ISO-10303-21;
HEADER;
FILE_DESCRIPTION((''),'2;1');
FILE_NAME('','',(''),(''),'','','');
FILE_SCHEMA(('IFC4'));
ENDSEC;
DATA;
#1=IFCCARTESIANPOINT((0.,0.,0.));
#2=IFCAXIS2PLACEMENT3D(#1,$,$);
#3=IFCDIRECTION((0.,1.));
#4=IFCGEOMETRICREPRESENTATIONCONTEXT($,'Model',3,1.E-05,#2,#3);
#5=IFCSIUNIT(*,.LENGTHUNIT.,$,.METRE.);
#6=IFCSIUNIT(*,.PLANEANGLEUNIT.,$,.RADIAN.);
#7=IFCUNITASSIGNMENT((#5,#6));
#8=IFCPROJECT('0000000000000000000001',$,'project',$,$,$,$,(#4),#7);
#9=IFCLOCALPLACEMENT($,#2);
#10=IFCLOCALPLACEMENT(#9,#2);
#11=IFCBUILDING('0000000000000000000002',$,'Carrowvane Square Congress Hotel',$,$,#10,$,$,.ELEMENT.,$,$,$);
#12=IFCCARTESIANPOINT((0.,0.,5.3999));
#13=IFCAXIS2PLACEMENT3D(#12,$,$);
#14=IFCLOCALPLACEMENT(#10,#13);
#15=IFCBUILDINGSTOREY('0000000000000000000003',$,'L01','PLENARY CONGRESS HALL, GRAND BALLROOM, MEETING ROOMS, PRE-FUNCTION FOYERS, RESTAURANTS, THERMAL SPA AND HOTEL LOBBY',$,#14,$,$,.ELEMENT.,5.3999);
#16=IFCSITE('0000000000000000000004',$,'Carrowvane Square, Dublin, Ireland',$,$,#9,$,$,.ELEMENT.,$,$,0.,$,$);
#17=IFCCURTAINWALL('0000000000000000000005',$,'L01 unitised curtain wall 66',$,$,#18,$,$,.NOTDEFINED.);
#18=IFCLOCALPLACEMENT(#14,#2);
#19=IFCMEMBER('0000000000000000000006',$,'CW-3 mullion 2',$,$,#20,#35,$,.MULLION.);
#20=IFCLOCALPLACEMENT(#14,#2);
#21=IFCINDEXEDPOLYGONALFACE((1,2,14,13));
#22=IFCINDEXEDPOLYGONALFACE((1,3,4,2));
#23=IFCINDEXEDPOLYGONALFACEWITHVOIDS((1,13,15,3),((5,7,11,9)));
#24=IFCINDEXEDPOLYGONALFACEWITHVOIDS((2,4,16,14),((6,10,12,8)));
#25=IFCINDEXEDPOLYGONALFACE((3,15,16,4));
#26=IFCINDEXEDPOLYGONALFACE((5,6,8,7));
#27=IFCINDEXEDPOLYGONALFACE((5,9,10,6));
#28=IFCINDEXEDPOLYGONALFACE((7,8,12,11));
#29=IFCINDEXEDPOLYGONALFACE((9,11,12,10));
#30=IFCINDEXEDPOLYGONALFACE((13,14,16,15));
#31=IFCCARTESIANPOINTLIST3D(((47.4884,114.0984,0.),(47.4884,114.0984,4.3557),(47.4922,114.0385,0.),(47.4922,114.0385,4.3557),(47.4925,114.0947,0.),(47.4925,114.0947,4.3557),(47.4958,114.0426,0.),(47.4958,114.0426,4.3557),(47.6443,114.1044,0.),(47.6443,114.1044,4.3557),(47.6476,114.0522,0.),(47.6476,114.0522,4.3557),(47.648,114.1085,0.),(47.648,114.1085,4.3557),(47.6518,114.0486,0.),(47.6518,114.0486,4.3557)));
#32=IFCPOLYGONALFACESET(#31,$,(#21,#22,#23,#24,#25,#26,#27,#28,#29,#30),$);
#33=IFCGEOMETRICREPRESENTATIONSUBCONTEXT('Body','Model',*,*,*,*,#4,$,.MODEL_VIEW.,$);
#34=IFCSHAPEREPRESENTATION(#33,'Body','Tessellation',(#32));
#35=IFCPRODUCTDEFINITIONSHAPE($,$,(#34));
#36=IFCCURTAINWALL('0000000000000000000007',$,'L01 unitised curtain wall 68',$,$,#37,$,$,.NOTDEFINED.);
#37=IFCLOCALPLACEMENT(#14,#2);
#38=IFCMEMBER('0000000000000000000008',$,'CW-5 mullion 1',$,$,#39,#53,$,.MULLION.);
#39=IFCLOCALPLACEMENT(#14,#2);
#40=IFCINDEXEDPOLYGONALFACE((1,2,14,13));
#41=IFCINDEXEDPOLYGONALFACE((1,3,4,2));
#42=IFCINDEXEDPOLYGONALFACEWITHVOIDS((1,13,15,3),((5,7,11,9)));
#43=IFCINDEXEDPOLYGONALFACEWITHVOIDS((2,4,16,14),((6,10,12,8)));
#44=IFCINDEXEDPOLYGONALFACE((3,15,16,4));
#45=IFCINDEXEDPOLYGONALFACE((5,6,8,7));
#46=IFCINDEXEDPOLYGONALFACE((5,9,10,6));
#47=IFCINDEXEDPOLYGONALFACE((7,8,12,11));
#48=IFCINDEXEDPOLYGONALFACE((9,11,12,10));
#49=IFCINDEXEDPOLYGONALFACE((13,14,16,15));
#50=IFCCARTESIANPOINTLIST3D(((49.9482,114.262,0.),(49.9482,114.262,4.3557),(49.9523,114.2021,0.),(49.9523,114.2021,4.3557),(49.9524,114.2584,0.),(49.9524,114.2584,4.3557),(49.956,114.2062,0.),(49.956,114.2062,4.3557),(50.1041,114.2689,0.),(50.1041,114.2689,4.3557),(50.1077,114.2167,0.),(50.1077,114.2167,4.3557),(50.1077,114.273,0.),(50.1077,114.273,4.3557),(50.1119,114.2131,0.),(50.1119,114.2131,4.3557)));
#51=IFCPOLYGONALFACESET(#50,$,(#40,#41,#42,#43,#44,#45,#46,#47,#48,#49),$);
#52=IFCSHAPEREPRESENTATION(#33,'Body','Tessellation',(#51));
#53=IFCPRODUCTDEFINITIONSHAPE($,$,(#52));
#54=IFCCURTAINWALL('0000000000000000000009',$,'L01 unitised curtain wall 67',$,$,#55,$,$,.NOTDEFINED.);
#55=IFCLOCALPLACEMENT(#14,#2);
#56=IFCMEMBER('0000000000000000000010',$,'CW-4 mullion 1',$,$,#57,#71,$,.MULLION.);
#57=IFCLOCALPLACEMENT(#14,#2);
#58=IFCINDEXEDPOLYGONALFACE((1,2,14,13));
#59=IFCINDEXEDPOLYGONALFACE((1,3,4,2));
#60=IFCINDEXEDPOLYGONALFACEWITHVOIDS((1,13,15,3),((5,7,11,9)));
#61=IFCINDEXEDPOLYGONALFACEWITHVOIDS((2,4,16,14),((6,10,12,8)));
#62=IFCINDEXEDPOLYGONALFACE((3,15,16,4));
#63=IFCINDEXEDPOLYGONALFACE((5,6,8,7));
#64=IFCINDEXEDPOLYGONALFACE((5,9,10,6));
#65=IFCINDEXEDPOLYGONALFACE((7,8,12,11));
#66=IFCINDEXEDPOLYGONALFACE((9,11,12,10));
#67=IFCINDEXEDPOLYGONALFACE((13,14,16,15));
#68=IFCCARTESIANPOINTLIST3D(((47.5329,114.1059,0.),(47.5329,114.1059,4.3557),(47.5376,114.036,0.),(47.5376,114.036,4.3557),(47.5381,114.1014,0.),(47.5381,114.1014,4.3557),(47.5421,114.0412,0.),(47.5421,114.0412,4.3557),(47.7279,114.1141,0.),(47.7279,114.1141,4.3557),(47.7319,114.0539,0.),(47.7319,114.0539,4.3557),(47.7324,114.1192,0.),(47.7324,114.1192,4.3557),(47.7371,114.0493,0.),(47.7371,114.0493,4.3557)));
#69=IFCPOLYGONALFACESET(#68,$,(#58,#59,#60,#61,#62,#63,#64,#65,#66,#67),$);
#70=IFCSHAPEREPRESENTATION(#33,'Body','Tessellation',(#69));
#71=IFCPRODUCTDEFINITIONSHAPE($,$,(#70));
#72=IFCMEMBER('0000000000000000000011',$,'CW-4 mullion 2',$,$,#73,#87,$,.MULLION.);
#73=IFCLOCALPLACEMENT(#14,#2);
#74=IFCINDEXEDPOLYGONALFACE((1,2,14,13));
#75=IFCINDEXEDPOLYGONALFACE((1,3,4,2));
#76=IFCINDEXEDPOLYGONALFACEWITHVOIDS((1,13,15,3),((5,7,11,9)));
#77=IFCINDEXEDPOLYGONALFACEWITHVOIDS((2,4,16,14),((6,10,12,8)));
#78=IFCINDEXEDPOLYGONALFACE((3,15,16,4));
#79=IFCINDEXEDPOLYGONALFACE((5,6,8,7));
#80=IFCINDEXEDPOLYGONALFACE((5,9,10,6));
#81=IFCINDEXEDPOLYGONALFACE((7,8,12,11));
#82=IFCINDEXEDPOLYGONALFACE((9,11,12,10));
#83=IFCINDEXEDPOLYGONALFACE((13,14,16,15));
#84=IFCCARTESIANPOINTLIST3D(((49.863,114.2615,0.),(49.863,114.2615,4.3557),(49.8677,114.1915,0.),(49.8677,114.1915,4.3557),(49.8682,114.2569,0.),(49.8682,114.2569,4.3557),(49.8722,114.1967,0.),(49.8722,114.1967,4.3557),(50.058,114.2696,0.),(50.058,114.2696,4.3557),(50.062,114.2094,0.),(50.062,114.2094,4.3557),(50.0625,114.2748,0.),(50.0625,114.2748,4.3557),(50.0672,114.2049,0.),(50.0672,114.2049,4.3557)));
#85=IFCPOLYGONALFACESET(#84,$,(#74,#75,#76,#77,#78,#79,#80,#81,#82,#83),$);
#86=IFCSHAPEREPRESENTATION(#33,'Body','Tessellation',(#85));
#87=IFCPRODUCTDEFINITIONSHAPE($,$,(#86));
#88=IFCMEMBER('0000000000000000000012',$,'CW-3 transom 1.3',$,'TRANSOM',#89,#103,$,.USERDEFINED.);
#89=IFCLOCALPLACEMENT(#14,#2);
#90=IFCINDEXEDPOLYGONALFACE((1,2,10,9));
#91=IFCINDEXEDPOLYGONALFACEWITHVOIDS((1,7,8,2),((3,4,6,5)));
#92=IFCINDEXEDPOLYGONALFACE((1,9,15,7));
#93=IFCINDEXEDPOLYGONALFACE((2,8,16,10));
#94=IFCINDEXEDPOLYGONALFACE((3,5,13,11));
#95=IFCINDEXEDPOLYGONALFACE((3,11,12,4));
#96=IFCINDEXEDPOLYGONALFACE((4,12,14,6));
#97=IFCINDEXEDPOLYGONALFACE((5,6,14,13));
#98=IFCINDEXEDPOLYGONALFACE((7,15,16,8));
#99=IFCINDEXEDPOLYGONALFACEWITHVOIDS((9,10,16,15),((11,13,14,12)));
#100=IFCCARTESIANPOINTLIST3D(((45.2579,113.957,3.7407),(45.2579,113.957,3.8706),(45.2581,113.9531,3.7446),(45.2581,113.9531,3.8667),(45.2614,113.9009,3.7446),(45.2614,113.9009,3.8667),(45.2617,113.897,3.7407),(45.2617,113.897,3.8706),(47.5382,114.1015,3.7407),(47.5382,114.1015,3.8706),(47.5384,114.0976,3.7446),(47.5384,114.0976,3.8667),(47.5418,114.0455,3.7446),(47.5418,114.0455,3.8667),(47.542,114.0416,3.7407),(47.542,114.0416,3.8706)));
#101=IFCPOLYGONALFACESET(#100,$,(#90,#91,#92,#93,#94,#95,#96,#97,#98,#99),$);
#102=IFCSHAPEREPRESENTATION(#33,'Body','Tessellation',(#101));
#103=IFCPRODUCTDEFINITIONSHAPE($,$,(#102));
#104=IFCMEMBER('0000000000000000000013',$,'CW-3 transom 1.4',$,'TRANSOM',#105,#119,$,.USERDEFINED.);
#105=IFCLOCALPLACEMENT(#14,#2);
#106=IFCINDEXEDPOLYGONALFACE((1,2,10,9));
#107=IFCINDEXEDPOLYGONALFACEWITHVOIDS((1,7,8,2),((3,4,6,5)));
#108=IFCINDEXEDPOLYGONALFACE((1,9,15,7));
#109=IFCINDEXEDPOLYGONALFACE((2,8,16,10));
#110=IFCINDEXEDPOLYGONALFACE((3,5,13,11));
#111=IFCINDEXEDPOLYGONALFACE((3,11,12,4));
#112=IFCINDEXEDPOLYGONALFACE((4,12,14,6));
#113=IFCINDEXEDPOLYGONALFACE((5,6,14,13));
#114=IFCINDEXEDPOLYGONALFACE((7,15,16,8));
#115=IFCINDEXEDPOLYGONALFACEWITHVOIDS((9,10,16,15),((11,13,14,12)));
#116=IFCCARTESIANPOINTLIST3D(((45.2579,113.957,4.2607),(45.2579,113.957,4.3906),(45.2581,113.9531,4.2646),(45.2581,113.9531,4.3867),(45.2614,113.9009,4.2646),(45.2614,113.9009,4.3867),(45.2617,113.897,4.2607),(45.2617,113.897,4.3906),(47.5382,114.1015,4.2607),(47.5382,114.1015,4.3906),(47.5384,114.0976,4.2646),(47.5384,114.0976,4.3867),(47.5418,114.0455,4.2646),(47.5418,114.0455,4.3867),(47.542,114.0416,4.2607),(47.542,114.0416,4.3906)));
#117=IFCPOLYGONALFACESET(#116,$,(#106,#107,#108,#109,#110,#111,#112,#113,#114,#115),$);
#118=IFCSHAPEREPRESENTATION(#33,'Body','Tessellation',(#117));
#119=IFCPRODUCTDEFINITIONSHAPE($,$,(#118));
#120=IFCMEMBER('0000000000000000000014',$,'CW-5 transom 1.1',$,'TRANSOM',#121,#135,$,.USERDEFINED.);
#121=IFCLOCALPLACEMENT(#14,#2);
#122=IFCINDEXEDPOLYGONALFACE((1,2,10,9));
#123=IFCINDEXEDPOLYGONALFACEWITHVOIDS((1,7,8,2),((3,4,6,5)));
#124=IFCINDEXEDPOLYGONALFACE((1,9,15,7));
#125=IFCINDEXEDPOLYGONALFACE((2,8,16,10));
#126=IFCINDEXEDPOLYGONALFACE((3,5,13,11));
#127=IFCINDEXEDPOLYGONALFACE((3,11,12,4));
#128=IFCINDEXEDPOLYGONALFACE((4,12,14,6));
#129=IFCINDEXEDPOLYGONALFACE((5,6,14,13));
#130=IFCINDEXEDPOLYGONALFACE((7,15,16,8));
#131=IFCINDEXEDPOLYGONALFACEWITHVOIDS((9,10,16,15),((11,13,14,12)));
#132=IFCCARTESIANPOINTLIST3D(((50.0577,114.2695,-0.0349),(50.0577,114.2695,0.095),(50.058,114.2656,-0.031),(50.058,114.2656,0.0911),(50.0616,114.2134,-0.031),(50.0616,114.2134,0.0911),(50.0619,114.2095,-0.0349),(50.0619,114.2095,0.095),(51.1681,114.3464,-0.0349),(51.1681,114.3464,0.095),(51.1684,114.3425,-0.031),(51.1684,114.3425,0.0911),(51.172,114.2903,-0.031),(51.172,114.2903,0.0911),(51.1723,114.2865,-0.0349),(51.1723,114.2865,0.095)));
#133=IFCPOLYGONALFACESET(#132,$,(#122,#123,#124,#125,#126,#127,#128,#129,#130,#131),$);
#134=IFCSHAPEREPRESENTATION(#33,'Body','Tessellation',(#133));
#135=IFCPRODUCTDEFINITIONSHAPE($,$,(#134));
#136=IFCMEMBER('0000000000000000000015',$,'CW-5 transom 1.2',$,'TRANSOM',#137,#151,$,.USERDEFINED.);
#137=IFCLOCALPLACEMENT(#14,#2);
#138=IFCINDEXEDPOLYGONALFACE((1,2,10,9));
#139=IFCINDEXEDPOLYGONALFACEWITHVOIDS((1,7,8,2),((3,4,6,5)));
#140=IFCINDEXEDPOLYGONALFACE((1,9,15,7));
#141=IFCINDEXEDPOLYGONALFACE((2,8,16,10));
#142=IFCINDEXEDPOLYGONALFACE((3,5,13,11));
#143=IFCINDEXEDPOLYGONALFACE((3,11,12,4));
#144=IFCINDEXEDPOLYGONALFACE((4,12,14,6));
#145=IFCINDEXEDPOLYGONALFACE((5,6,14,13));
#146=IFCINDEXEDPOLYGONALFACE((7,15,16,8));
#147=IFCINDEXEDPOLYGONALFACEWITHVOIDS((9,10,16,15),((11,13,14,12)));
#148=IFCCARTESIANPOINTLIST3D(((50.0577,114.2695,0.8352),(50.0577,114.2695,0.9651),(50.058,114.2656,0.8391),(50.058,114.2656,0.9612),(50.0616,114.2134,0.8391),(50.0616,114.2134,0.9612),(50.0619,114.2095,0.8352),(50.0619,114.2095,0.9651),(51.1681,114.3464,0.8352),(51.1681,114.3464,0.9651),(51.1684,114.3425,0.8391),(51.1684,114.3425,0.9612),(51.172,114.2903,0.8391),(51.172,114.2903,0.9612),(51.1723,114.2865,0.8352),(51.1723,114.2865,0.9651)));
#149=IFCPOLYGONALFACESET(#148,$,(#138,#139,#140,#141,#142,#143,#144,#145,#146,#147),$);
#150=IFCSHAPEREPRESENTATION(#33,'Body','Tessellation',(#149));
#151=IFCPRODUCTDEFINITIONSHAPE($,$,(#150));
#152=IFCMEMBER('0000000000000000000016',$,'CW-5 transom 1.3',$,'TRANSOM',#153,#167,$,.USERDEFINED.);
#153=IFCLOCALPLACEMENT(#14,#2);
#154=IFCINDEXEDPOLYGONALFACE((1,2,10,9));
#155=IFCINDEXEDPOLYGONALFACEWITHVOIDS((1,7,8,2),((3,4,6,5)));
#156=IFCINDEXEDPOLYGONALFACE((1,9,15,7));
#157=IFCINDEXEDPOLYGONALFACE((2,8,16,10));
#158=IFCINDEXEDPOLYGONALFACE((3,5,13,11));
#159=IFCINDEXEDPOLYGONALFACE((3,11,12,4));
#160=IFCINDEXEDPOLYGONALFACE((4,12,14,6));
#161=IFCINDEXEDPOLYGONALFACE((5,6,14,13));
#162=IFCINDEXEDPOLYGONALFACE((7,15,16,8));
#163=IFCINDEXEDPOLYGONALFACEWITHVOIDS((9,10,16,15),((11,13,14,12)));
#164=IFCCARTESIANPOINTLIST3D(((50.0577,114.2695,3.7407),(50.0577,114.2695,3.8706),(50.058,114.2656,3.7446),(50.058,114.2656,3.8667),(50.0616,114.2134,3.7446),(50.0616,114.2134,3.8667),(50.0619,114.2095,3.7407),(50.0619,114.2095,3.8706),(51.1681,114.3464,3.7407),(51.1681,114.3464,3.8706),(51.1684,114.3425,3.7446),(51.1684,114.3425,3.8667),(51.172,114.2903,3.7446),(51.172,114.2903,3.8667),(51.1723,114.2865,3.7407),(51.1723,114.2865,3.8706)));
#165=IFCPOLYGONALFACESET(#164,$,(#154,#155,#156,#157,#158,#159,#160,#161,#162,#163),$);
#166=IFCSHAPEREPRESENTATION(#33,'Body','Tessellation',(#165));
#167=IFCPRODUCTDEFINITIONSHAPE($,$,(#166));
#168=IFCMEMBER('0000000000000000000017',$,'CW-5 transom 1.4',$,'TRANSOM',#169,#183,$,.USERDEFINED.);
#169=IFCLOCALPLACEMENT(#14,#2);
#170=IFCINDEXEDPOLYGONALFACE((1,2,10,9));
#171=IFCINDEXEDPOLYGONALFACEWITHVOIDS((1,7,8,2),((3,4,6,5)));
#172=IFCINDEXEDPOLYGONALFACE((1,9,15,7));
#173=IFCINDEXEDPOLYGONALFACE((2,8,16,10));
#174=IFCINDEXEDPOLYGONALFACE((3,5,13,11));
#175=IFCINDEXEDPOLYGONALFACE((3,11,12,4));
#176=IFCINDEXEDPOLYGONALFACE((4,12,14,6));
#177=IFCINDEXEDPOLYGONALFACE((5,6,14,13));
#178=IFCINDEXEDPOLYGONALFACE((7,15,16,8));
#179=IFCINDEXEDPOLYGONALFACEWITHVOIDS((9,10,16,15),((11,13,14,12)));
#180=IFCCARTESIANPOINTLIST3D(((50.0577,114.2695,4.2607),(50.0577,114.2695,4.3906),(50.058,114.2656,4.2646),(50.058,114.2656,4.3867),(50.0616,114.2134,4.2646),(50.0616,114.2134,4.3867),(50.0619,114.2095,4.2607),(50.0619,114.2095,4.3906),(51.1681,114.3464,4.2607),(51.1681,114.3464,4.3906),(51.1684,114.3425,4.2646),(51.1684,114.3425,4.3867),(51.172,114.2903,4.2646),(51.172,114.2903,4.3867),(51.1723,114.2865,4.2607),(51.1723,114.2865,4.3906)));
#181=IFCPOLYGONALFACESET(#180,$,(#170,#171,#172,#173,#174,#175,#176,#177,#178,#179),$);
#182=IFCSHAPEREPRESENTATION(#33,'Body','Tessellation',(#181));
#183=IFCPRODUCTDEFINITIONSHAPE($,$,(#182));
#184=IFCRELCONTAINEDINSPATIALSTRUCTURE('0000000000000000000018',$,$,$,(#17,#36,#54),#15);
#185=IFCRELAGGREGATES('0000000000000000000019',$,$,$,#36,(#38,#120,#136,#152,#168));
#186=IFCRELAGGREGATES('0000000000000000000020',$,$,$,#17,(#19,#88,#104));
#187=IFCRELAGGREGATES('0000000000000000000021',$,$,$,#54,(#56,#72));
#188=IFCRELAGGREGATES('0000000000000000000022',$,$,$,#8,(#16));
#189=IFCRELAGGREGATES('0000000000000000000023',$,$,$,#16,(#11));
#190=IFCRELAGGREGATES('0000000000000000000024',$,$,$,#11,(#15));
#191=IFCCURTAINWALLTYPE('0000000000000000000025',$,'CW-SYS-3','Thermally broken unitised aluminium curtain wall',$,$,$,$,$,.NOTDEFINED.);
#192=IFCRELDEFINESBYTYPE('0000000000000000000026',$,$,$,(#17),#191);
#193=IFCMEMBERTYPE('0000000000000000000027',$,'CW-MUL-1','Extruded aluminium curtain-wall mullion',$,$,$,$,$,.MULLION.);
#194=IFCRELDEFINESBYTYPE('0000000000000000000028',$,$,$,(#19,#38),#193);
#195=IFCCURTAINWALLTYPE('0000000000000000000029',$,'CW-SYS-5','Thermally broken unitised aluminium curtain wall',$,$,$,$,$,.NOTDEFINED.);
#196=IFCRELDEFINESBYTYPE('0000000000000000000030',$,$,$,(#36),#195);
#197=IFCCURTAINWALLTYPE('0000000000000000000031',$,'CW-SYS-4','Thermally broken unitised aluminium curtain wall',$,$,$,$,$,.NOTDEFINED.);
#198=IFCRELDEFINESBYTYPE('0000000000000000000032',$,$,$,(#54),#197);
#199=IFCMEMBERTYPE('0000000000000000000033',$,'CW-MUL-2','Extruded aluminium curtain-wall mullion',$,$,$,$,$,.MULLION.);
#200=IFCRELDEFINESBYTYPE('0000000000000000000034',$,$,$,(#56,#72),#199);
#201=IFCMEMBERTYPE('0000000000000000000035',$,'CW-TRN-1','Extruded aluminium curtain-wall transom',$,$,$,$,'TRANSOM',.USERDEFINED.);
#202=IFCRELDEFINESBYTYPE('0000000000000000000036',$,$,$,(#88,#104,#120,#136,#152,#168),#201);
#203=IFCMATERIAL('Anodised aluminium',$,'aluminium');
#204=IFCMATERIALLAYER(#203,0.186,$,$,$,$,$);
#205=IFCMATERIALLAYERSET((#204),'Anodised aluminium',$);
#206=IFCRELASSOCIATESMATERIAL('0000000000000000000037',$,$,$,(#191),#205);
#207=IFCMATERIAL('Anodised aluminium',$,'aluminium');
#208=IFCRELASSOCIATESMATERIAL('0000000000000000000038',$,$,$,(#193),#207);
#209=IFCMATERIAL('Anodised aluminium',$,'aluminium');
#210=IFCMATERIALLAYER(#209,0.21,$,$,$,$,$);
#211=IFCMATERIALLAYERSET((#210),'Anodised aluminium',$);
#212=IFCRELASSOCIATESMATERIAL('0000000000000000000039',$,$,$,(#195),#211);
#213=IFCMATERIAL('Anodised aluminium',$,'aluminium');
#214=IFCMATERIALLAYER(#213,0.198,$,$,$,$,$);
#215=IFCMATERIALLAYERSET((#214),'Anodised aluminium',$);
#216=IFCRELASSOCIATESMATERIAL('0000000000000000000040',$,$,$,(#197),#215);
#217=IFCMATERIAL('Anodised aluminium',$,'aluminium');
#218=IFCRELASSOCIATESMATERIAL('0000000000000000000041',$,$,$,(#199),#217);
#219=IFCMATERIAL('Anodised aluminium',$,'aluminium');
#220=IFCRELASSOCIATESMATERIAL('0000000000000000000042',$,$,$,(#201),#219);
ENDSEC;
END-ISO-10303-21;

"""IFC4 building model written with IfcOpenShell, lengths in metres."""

from ifc_helpers import new_model, si_unit, direction, frame, origin, origin_2d, place, context, subcontext, project, spatial, hollow_rectangle, extrude, material, layer, layer_set, material_profile, profile_set, type_object, element, aggregate, save


model = new_model("IFC4")

# Units and contexts
model_context = context("Model", 3, precision=1e-05, world=origin(), true_north=direction((0.0, 1.0)))
body_context = subcontext(model_context, "Body", "Model", "MODEL_VIEW")
ifc_project = project(units=[si_unit("LENGTHUNIT", "METRE"), si_unit("PLANEANGLEUNIT", "RADIAN")], contexts=[model_context])

# Site, building, storey
site_placement = place(None, origin())
site = spatial("IfcSite", under=ifc_project, at=site_placement, Name="Carrowvane Square, Dublin, Ireland", CompositionType="ELEMENT", RefElevation=0.0)
building_placement = place(site_placement, origin())
building = spatial("IfcBuilding", under=site, at=building_placement, Name="Carrowvane Square Congress Hotel", CompositionType="ELEMENT")
storey_placement = place(building_placement, frame((0.0, 0.0, 5.3999)))
storey = spatial("IfcBuildingStorey", under=building, at=storey_placement, Name="L01", Description="PLENARY CONGRESS HALL, GRAND BALLROOM, MEETING ROOMS, PRE-FUNCTION FOYERS, RESTAURANTS, THERMAL SPA AND HOTEL LOBBY", CompositionType="ELEMENT", Elevation=5.3999)

# Curtain walls, members
ifc_material_1 = material(Name="Anodised aluminium", Category="aluminium")
ifc_layer_1 = layer(ifc_material_1, 0.186)
ifc_layer_set_1 = layer_set([ifc_layer_1], Name="Anodised aluminium")
curtain_wall_type_1 = type_object("IfcCurtainWallType", Name="CW-SYS-3", Description="Thermally broken unitised aluminium curtain wall", PredefinedType="NOTDEFINED", material=ifc_layer_set_1)
curtain_wall_1_placement = place(storey_placement, origin())
curtain_wall_1 = element("IfcCurtainWall", 1, at=curtain_wall_1_placement, inside=storey, type_object=curtain_wall_type_1, Name="L01 unitised curtain wall 66", PredefinedType="NOTDEFINED")
ifc_material_2 = material(Name="Anodised aluminium", Category="aluminium")
ifc_material_profile_1 = material_profile(ifc_material_2, hollow_rectangle(XDim=0.0601, YDim=0.1599, WallThickness=0.0039, at=origin_2d()), Name="CW-ML 60x160x4")
ifc_profile_set_1 = profile_set([ifc_material_profile_1], Name="Anodised aluminium")
member_type_1 = type_object("IfcMemberType", Name="CW-MUL-1", Description="Extruded aluminium curtain-wall mullion", PredefinedType="MULLION", material=ifc_profile_set_1)
member_1_placement = place(storey_placement, frame((47.5701, 114.0735, 0.0), z_axis=(0.0, 0.0, 1.0), x_axis=(-0.063273, 0.997996, 0.0)))
member_1 = element("IfcMember", 2, at=member_1_placement, type_object=member_type_1, Name="CW-3 mullion 2", PredefinedType="MULLION", context=body_context, shape_type="SweptSolid", body=[
    extrude(hollow_rectangle(XDim=0.0601, YDim=0.1599, WallThickness=0.0039, at=origin_2d()), origin(), (0.0, 0.0, 1.0), 4.3557),
])
ifc_material_3 = material(Name="Anodised aluminium", Category="aluminium")
ifc_layer_2 = layer(ifc_material_3, 0.21)
ifc_layer_set_2 = layer_set([ifc_layer_2], Name="Anodised aluminium")
curtain_wall_type_2 = type_object("IfcCurtainWallType", Name="CW-SYS-5", Description="Thermally broken unitised aluminium curtain wall", PredefinedType="NOTDEFINED", material=ifc_layer_set_2)
curtain_wall_2_placement = place(storey_placement, origin())
curtain_wall_2 = element("IfcCurtainWall", 3, at=curtain_wall_2_placement, inside=storey, type_object=curtain_wall_type_2, Name="L01 unitised curtain wall 68", PredefinedType="NOTDEFINED")
member_2_placement = place(storey_placement, frame((50.03, 114.2375, 0.0), z_axis=(0.0, 0.0, 1.0), x_axis=(-0.068986, 0.997618, 0.0)))
member_2 = element("IfcMember", 4, at=member_2_placement, type_object=member_type_1, Name="CW-5 mullion 1", PredefinedType="MULLION", context=body_context, shape_type="SweptSolid", body=[
    extrude(hollow_rectangle(XDim=0.0601, YDim=0.1599, WallThickness=0.0039, at=origin_2d()), origin(), (0.0, 0.0, 1.0), 4.3557),
])

# Curtain wall, members
ifc_material_4 = material(Name="Anodised aluminium", Category="aluminium")
ifc_layer_3 = layer(ifc_material_4, 0.198)
ifc_layer_set_3 = layer_set([ifc_layer_3], Name="Anodised aluminium")
curtain_wall_type_3 = type_object("IfcCurtainWallType", Name="CW-SYS-4", Description="Thermally broken unitised aluminium curtain wall", PredefinedType="NOTDEFINED", material=ifc_layer_set_3)
curtain_wall_3_placement = place(storey_placement, origin())
curtain_wall_3 = element("IfcCurtainWall", 5, at=curtain_wall_3_placement, inside=storey, type_object=curtain_wall_type_3, Name="L01 unitised curtain wall 67", PredefinedType="NOTDEFINED")
ifc_material_5 = material(Name="Anodised aluminium", Category="aluminium")
ifc_material_profile_2 = material_profile(ifc_material_5, hollow_rectangle(XDim=0.0701, YDim=0.2, WallThickness=0.0049, at=origin_2d()), Name="CW-ML 70x200x5")
ifc_profile_set_2 = profile_set([ifc_material_profile_2], Name="Anodised aluminium")
member_type_2 = type_object("IfcMemberType", Name="CW-MUL-2", Description="Extruded aluminium curtain-wall mullion", PredefinedType="MULLION", material=ifc_profile_set_2)
member_3_placement = place(storey_placement, frame((47.635, 114.0776, 0.0), z_axis=(0.0, 0.0, 1.0), x_axis=(-0.066578, 0.997781, 0.0)))
member_3 = element("IfcMember", 6, at=member_3_placement, type_object=member_type_2, Name="CW-4 mullion 1", PredefinedType="MULLION", context=body_context, shape_type="SweptSolid", body=[
    extrude(hollow_rectangle(XDim=0.0701, YDim=0.2, WallThickness=0.0049, at=origin_2d()), origin(), (0.0, 0.0, 1.0), 4.3557),
])
member_4_placement = place(storey_placement, frame((49.9651, 114.2332, 0.0), z_axis=(0.0, 0.0, 1.0), x_axis=(-0.066578, 0.997781, 0.0)))
member_4 = element("IfcMember", 7, at=member_4_placement, type_object=member_type_2, Name="CW-4 mullion 2", PredefinedType="MULLION", context=body_context, shape_type="SweptSolid", body=[
    extrude(hollow_rectangle(XDim=0.0701, YDim=0.2, WallThickness=0.0049, at=origin_2d()), origin(), (0.0, 0.0, 1.0), 4.3557),
])

# Members
ifc_material_6 = material(Name="Anodised aluminium", Category="aluminium")
ifc_material_profile_3 = material_profile(ifc_material_6, hollow_rectangle(XDim=0.0601, YDim=0.1299, WallThickness=0.0039, at=origin_2d()), Name="CW-TR 60x130x4")
ifc_profile_set_3 = profile_set([ifc_material_profile_3], Name="Anodised aluminium")
member_type_3 = type_object("IfcMemberType", Name="CW-TRN-1", Description="Extruded aluminium curtain-wall transom", ElementType="TRANSOM", PredefinedType="USERDEFINED", material=ifc_profile_set_3)
member_5_placement = place(storey_placement, frame((45.2598, 113.927, 3.8057), z_axis=(0.997997, 0.063256, 0.0), x_axis=(-0.063256, 0.997997, 0.0)))
member_5 = element("IfcMember", 8, at=member_5_placement, type_object=member_type_3, Name="CW-3 transom 1.3", ObjectType="TRANSOM", PredefinedType="USERDEFINED", context=body_context, shape_type="SweptSolid", body=[
    extrude(hollow_rectangle(XDim=0.0601, YDim=0.1299, WallThickness=0.0039, at=origin_2d()), origin(), (0.0, 0.0, 1.0), 2.2849),
])
member_6_placement = place(storey_placement, frame((45.2598, 113.927, 4.3257), z_axis=(0.997997, 0.063256, 0.0), x_axis=(-0.063256, 0.997997, 0.0)))
member_6 = element("IfcMember", 9, at=member_6_placement, type_object=member_type_3, Name="CW-3 transom 1.4", ObjectType="TRANSOM", PredefinedType="USERDEFINED", context=body_context, shape_type="SweptSolid", body=[
    extrude(hollow_rectangle(XDim=0.0601, YDim=0.1299, WallThickness=0.0039, at=origin_2d()), origin(), (0.0, 0.0, 1.0), 2.2849),
])
member_7_placement = place(storey_placement, frame((50.0598, 114.2395, 0.03), z_axis=(0.99761, 0.069096, 0.0), x_axis=(-0.069096, 0.99761, 0.0)))
member_7 = element("IfcMember", 10, at=member_7_placement, type_object=member_type_3, Name="CW-5 transom 1.1", ObjectType="TRANSOM", PredefinedType="USERDEFINED", context=body_context, shape_type="SweptSolid", body=[
    extrude(hollow_rectangle(XDim=0.0601, YDim=0.1299, WallThickness=0.0039, at=origin_2d()), origin(), (0.0, 0.0, 1.0), 1.113),
])
member_8_placement = place(storey_placement, frame((50.0598, 114.2395, 0.9001), z_axis=(0.99761, 0.069096, 0.0), x_axis=(-0.069096, 0.99761, 0.0)))
member_8 = element("IfcMember", 11, at=member_8_placement, type_object=member_type_3, Name="CW-5 transom 1.2", ObjectType="TRANSOM", PredefinedType="USERDEFINED", context=body_context, shape_type="SweptSolid", body=[
    extrude(hollow_rectangle(XDim=0.0601, YDim=0.1299, WallThickness=0.0039, at=origin_2d()), origin(), (0.0, 0.0, 1.0), 1.113),
])
member_9_placement = place(storey_placement, frame((50.0598, 114.2395, 3.8057), z_axis=(0.99761, 0.069096, 0.0), x_axis=(-0.069096, 0.99761, 0.0)))
member_9 = element("IfcMember", 12, at=member_9_placement, type_object=member_type_3, Name="CW-5 transom 1.3", ObjectType="TRANSOM", PredefinedType="USERDEFINED", context=body_context, shape_type="SweptSolid", body=[
    extrude(hollow_rectangle(XDim=0.0601, YDim=0.1299, WallThickness=0.0039, at=origin_2d()), origin(), (0.0, 0.0, 1.0), 1.113),
])
member_10_placement = place(storey_placement, frame((50.0598, 114.2395, 4.3257), z_axis=(0.99761, 0.069096, 0.0), x_axis=(-0.069096, 0.99761, 0.0)))
member_10 = element("IfcMember", 13, at=member_10_placement, type_object=member_type_3, Name="CW-5 transom 1.4", ObjectType="TRANSOM", PredefinedType="USERDEFINED", context=body_context, shape_type="SweptSolid", body=[
    extrude(hollow_rectangle(XDim=0.0601, YDim=0.1299, WallThickness=0.0039, at=origin_2d()), origin(), (0.0, 0.0, 1.0), 1.113),
])
aggregate(curtain_wall_2, [member_2, member_7, member_8, member_9, member_10])

aggregate(curtain_wall_1, [member_1, member_5, member_6])
aggregate(curtain_wall_3, [member_3, member_4])

save(model, "model.ifc")
